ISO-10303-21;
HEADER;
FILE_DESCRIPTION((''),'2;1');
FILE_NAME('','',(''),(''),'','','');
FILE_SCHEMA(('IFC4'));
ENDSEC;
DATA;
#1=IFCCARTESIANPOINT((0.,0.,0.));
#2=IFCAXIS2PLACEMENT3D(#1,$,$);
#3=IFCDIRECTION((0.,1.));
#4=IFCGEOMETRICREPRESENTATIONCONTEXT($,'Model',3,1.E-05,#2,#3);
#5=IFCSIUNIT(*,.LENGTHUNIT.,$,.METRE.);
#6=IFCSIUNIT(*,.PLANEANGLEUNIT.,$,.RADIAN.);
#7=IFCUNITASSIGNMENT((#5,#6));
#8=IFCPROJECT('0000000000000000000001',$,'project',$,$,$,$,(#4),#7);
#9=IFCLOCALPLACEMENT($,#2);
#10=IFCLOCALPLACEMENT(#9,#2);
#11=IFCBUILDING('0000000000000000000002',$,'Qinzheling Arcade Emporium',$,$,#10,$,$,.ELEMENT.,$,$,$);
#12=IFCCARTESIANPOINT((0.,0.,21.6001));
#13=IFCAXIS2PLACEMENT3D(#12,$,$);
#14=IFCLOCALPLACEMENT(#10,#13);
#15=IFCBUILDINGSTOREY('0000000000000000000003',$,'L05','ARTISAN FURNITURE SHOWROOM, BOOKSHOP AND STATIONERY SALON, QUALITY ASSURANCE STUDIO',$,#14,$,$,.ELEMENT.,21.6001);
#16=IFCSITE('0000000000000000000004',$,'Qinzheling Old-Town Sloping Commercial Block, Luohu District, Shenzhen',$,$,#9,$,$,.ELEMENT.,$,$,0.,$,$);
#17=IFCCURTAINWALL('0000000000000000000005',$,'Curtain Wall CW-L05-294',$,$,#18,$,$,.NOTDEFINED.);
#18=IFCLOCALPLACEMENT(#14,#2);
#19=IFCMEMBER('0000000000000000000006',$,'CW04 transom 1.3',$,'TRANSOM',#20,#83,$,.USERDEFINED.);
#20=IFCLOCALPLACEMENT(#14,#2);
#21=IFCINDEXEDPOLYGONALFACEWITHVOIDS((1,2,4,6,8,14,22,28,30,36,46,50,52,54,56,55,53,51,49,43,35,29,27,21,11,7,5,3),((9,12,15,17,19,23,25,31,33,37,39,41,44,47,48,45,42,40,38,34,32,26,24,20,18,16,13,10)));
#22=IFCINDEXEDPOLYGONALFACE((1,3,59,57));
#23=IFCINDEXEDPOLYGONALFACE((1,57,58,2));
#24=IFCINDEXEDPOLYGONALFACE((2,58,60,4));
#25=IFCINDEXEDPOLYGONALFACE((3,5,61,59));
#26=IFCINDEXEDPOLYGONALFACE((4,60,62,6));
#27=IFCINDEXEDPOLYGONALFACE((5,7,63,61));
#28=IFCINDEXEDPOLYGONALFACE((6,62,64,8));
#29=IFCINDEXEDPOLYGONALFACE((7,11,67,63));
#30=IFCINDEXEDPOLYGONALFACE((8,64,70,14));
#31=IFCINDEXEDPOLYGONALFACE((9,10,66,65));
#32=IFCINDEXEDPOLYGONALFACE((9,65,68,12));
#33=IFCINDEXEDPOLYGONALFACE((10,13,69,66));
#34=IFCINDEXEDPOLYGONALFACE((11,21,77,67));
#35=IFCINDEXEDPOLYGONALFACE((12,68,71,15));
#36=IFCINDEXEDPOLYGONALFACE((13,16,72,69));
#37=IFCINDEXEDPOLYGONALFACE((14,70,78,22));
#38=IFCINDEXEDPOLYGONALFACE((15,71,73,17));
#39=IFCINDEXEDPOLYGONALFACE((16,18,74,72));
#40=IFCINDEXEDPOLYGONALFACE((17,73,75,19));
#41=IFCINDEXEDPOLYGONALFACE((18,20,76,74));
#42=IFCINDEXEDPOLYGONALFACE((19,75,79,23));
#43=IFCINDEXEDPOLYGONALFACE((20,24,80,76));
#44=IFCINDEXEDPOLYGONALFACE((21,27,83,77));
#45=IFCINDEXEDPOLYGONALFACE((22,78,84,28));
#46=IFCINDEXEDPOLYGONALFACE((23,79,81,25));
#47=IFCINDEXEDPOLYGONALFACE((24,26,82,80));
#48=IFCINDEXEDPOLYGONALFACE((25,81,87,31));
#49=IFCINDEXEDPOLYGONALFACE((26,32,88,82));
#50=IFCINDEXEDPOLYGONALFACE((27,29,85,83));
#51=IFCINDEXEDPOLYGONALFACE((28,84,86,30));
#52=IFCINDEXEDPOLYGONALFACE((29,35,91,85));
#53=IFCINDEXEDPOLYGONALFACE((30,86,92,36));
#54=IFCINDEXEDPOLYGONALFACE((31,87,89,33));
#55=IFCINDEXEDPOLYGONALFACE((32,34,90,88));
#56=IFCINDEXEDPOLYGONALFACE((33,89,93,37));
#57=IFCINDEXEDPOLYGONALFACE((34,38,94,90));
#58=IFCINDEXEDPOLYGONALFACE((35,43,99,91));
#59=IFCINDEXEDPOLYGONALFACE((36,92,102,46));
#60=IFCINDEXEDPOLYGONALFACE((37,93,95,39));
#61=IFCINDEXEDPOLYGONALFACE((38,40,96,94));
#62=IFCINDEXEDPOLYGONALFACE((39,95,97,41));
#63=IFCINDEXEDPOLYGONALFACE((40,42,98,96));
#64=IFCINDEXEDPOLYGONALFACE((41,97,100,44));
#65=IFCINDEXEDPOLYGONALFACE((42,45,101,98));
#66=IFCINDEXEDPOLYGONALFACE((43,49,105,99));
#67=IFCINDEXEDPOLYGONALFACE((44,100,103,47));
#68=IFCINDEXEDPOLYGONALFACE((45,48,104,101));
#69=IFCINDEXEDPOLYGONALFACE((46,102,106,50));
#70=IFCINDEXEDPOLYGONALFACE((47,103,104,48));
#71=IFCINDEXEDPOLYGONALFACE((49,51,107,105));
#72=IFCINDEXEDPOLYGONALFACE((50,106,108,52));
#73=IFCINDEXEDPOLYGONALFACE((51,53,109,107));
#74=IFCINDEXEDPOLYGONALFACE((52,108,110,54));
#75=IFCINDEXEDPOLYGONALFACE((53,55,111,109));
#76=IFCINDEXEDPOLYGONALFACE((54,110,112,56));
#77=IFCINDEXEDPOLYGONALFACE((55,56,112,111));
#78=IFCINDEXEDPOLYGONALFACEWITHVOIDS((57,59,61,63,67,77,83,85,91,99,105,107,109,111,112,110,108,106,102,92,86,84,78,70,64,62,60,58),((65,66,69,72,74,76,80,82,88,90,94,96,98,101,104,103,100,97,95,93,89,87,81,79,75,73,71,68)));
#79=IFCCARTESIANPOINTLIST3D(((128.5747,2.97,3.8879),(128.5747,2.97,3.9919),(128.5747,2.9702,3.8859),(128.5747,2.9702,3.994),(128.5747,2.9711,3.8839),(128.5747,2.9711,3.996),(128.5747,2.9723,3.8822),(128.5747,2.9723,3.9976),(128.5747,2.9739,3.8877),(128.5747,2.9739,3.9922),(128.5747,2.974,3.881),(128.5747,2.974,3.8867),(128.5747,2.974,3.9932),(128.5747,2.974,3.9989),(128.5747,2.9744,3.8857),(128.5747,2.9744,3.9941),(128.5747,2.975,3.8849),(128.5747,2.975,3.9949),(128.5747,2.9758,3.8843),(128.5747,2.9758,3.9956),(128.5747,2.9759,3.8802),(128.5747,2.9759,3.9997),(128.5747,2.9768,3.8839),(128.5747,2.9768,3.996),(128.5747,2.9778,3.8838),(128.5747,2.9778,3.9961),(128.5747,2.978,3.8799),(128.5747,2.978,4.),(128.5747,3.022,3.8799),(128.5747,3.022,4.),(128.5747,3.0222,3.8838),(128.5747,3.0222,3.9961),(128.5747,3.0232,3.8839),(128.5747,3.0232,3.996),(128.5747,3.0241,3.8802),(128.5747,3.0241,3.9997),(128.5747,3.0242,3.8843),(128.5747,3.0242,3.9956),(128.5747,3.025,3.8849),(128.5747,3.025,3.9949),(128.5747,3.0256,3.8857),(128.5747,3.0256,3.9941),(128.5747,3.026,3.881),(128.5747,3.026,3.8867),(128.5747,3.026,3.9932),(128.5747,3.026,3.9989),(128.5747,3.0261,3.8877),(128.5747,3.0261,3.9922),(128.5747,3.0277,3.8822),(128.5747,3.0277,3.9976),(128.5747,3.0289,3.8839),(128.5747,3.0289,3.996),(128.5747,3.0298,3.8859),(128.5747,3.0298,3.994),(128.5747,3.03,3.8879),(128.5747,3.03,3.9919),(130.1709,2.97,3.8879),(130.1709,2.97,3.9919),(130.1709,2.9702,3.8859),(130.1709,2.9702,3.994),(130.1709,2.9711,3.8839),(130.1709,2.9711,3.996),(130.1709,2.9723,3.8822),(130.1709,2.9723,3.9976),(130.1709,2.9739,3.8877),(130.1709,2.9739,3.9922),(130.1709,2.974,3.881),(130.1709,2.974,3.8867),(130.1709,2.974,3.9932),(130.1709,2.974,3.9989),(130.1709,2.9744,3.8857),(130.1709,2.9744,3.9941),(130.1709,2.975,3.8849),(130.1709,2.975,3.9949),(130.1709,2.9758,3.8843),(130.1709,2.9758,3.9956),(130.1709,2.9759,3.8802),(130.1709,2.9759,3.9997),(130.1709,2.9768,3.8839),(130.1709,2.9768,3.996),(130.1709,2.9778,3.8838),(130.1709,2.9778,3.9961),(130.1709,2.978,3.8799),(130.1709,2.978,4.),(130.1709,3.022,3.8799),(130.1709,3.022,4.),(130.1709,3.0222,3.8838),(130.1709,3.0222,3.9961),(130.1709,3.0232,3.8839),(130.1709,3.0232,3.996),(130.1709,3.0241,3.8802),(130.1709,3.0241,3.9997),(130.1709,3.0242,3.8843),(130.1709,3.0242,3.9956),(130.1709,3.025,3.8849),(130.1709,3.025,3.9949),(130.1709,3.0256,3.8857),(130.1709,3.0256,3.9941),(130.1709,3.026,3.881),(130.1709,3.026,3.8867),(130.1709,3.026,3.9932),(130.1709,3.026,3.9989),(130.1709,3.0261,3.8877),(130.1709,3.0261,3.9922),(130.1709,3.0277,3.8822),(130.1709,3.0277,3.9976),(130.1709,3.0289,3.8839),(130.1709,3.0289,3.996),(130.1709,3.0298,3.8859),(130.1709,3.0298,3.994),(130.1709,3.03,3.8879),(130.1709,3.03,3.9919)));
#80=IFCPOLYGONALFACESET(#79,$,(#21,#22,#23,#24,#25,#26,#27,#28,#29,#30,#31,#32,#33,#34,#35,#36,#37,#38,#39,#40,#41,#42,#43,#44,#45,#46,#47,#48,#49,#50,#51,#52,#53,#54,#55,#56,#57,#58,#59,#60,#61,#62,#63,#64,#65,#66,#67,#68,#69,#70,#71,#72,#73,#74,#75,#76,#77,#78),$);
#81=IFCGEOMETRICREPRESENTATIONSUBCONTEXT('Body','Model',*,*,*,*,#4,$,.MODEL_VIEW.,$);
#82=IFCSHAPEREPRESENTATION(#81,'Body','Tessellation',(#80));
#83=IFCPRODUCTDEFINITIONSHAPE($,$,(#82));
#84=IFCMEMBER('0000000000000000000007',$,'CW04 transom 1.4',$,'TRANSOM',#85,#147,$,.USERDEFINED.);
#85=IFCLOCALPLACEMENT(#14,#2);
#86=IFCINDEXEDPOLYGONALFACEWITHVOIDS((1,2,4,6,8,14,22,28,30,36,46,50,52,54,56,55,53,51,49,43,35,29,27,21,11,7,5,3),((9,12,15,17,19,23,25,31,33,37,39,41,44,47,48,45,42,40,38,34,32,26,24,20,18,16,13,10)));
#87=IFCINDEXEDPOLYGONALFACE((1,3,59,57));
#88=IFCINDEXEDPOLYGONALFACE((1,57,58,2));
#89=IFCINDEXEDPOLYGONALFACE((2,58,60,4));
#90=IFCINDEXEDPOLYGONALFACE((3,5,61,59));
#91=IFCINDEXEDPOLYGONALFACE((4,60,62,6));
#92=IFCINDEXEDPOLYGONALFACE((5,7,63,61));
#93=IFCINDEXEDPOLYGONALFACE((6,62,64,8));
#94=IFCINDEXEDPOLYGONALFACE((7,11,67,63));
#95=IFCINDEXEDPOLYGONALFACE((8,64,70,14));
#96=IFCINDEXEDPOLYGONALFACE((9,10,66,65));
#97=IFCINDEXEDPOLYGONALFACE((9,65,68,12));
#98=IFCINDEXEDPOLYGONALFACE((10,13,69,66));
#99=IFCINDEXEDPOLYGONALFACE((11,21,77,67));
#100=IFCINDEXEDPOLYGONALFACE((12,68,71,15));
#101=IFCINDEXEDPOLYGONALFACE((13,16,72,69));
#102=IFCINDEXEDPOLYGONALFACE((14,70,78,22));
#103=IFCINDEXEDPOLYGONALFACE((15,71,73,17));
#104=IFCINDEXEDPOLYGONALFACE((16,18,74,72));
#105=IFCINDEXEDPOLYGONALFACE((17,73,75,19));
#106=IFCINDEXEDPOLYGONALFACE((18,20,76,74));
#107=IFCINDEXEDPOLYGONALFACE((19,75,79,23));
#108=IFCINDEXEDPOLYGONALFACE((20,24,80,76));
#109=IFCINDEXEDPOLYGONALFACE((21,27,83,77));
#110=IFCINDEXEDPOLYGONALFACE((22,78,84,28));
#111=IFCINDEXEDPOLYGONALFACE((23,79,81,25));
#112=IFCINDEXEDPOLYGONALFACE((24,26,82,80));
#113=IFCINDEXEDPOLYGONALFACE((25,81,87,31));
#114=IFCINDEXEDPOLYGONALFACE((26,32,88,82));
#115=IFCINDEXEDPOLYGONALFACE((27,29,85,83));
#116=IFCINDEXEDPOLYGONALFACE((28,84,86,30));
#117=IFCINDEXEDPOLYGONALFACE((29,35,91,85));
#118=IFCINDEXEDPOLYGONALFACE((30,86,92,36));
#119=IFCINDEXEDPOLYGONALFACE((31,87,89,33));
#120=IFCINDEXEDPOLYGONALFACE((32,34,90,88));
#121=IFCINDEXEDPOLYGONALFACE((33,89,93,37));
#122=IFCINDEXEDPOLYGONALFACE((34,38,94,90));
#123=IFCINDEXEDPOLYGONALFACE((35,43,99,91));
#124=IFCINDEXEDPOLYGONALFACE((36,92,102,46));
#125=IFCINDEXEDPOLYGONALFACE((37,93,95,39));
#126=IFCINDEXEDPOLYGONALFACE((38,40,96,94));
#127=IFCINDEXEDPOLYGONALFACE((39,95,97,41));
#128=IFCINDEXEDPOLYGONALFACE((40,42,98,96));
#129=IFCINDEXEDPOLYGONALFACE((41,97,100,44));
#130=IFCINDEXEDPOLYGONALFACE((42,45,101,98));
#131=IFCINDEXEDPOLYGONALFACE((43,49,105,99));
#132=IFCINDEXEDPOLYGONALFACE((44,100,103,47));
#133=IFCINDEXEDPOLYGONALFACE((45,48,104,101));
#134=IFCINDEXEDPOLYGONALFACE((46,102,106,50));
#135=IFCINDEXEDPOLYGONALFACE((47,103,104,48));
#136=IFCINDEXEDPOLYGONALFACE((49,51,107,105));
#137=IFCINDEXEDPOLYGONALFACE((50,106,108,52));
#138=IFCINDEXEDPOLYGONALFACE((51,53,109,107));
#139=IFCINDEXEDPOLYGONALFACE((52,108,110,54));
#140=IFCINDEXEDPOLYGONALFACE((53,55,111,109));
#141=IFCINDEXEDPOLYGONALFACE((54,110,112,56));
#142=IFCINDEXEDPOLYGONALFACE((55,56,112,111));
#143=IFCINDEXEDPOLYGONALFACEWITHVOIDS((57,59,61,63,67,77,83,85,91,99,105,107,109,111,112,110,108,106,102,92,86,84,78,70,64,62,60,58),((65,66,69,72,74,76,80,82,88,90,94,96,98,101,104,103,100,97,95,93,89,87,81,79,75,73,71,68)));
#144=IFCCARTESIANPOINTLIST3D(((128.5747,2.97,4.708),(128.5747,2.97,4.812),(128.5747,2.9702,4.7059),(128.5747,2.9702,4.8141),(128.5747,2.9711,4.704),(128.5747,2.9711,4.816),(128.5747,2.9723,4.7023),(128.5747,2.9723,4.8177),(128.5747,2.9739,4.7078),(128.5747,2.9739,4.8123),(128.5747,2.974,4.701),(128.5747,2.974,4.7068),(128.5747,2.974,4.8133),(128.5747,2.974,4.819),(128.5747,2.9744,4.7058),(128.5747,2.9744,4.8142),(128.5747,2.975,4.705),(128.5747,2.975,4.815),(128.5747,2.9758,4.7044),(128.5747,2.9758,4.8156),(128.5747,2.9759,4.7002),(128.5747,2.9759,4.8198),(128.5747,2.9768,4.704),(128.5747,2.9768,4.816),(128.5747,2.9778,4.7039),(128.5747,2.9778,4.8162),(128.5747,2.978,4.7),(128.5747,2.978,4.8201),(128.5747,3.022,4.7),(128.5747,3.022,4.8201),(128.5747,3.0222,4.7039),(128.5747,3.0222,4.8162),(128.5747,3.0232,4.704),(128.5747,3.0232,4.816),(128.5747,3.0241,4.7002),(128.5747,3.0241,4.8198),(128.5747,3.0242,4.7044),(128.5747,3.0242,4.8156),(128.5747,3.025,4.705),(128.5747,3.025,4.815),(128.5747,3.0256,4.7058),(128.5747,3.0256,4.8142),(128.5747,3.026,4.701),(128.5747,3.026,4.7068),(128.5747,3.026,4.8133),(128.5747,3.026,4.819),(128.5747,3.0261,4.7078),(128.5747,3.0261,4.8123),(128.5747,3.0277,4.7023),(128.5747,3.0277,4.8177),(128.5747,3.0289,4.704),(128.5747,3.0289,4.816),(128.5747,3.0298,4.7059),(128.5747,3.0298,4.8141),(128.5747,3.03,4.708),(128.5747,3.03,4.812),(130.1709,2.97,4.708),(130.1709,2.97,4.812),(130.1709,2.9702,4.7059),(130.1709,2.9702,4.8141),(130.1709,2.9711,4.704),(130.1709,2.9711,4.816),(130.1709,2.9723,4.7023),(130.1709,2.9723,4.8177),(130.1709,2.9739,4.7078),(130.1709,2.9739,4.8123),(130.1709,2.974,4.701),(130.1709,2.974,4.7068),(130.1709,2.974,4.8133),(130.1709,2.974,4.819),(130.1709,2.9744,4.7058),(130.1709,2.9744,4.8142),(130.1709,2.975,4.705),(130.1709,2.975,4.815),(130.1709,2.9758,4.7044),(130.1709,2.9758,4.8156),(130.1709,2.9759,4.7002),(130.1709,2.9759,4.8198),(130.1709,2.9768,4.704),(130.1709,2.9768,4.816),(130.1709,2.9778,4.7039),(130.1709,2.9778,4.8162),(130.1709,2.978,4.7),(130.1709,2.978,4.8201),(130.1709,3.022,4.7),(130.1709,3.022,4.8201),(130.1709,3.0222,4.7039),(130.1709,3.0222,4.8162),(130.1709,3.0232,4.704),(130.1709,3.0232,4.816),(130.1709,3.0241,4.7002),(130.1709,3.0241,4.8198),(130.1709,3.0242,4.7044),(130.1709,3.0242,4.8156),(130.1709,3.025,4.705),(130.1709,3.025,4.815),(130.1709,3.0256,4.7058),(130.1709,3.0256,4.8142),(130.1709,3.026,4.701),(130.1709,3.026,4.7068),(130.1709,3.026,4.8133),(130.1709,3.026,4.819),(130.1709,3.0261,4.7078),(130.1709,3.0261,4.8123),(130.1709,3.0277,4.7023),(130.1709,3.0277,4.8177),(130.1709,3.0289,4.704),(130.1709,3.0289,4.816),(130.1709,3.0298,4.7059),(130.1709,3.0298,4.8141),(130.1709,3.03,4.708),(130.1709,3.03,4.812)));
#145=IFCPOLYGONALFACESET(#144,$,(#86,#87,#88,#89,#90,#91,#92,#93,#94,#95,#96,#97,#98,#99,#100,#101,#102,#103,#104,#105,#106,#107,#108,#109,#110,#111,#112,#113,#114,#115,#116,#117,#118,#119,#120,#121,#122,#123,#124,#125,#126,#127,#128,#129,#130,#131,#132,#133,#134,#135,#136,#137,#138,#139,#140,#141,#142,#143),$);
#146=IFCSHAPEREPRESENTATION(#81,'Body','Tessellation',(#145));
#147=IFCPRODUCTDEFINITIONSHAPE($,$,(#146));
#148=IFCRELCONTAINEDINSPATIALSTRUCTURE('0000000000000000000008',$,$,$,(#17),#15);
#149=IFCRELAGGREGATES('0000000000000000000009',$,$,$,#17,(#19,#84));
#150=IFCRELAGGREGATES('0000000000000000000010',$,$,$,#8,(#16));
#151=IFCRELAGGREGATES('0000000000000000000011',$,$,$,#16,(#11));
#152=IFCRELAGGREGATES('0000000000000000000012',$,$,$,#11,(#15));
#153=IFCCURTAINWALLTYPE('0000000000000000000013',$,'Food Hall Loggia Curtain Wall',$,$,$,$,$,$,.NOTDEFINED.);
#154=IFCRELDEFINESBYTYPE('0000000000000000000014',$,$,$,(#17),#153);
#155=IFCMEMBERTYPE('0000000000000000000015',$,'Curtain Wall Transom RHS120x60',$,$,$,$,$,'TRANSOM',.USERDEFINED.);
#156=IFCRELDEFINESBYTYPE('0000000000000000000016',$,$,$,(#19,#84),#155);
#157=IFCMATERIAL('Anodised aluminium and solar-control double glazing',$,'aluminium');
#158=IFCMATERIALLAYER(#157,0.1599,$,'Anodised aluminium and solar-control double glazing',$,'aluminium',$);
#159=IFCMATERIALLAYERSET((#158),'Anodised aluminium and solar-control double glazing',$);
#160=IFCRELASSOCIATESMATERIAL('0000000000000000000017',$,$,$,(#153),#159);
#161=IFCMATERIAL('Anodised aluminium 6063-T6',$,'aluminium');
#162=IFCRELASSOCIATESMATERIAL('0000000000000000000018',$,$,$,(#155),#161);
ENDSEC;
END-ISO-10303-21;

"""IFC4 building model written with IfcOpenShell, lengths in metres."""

from ifc_helpers import new_model, si_unit, direction, frame, origin, origin_2d, place, context, subcontext, project, spatial, hollow_rectangle, extrude, material, layer, layer_set, material_profile, profile_set, type_object, element, aggregate, save


model = new_model("IFC4")

# Units and contexts
model_context = context("Model", 3, precision=1e-05, world=origin(), true_north=direction((0.0, 1.0)))
body_context = subcontext(model_context, "Body", "Model", "MODEL_VIEW")
ifc_project = project(units=[si_unit("LENGTHUNIT", "METRE"), si_unit("PLANEANGLEUNIT", "RADIAN")], contexts=[model_context])

# Site, building, storey
site_placement = place(None, origin())
site = spatial("IfcSite", under=ifc_project, at=site_placement, Name="Qinzheling Old-Town Sloping Commercial Block, Luohu District, Shenzhen", CompositionType="ELEMENT", RefElevation=0.0)
building_placement = place(site_placement, origin())
building = spatial("IfcBuilding", under=site, at=building_placement, Name="Qinzheling Arcade Emporium", CompositionType="ELEMENT")
storey_placement = place(building_placement, frame((0.0, 0.0, 21.6001)))
storey = spatial("IfcBuildingStorey", under=building, at=storey_placement, Name="L05", Description="ARTISAN FURNITURE SHOWROOM, BOOKSHOP AND STATIONERY SALON, QUALITY ASSURANCE STUDIO", CompositionType="ELEMENT", Elevation=21.6001)

# Curtain wall, members
ifc_material_1 = material(Name="Anodised aluminium and solar-control double glazing", Category="aluminium")
ifc_layer_1 = layer(ifc_material_1, 0.1599, Name="Anodised aluminium and solar-control double glazing", Category="aluminium")
ifc_layer_set_1 = layer_set([ifc_layer_1], Name="Anodised aluminium and solar-control double glazing")
curtain_wall_type = type_object("IfcCurtainWallType", Name="Food Hall Loggia Curtain Wall", PredefinedType="NOTDEFINED", material=ifc_layer_set_1)
curtain_wall_placement = place(storey_placement, origin())
curtain_wall = element("IfcCurtainWall", 1, at=curtain_wall_placement, inside=storey, type_object=curtain_wall_type, Name="Curtain Wall CW-L05-294", PredefinedType="NOTDEFINED")
ifc_material_2 = material(Name="Anodised aluminium 6063-T6", Category="aluminium")
ifc_material_profile_1 = material_profile(ifc_material_2, hollow_rectangle(XDim=0.0601, YDim=0.1201, WallThickness=0.0039, InnerFilletRadius=0.0039, OuterFilletRadius=0.0081, at=origin_2d()), Name="RHS 120x60x4", Category="aluminium")
ifc_profile_set_1 = profile_set([ifc_material_profile_1], Name="Anodised aluminium 6063-T6")
member_type_1 = type_object("IfcMemberType", Name="Curtain Wall Transom RHS120x60", ElementType="TRANSOM", PredefinedType="USERDEFINED", material=ifc_profile_set_1)
member_1_placement = place(storey_placement, frame((130.1709, 3.0, 3.9399), z_axis=(-1.0, 0.0, 0.0), x_axis=(0.0, -1.0, 0.0)))
member_1 = element("IfcMember", 2, at=member_1_placement, type_object=member_type_1, Name="CW04 transom 1.3", ObjectType="TRANSOM", PredefinedType="USERDEFINED", context=body_context, shape_type="SweptSolid", body=[
    extrude(hollow_rectangle(XDim=0.0601, YDim=0.1201, WallThickness=0.0039, InnerFilletRadius=0.0039, OuterFilletRadius=0.0081, at=origin_2d()), origin(), (0.0, 0.0, 1.0), 1.5962),
])
member_2_placement = place(storey_placement, frame((130.1709, 3.0, 4.76), z_axis=(-1.0, 0.0, 0.0), x_axis=(0.0, -1.0, 0.0)))
member_2 = element("IfcMember", 3, at=member_2_placement, type_object=member_type_1, Name="CW04 transom 1.4", ObjectType="TRANSOM", PredefinedType="USERDEFINED", context=body_context, shape_type="SweptSolid", body=[
    extrude(hollow_rectangle(XDim=0.0601, YDim=0.1201, WallThickness=0.0039, InnerFilletRadius=0.0039, OuterFilletRadius=0.0081, at=origin_2d()), origin(), (0.0, 0.0, 1.0), 1.5962),
])

aggregate(curtain_wall, [member_1, member_2])

save(model, "model.ifc")
